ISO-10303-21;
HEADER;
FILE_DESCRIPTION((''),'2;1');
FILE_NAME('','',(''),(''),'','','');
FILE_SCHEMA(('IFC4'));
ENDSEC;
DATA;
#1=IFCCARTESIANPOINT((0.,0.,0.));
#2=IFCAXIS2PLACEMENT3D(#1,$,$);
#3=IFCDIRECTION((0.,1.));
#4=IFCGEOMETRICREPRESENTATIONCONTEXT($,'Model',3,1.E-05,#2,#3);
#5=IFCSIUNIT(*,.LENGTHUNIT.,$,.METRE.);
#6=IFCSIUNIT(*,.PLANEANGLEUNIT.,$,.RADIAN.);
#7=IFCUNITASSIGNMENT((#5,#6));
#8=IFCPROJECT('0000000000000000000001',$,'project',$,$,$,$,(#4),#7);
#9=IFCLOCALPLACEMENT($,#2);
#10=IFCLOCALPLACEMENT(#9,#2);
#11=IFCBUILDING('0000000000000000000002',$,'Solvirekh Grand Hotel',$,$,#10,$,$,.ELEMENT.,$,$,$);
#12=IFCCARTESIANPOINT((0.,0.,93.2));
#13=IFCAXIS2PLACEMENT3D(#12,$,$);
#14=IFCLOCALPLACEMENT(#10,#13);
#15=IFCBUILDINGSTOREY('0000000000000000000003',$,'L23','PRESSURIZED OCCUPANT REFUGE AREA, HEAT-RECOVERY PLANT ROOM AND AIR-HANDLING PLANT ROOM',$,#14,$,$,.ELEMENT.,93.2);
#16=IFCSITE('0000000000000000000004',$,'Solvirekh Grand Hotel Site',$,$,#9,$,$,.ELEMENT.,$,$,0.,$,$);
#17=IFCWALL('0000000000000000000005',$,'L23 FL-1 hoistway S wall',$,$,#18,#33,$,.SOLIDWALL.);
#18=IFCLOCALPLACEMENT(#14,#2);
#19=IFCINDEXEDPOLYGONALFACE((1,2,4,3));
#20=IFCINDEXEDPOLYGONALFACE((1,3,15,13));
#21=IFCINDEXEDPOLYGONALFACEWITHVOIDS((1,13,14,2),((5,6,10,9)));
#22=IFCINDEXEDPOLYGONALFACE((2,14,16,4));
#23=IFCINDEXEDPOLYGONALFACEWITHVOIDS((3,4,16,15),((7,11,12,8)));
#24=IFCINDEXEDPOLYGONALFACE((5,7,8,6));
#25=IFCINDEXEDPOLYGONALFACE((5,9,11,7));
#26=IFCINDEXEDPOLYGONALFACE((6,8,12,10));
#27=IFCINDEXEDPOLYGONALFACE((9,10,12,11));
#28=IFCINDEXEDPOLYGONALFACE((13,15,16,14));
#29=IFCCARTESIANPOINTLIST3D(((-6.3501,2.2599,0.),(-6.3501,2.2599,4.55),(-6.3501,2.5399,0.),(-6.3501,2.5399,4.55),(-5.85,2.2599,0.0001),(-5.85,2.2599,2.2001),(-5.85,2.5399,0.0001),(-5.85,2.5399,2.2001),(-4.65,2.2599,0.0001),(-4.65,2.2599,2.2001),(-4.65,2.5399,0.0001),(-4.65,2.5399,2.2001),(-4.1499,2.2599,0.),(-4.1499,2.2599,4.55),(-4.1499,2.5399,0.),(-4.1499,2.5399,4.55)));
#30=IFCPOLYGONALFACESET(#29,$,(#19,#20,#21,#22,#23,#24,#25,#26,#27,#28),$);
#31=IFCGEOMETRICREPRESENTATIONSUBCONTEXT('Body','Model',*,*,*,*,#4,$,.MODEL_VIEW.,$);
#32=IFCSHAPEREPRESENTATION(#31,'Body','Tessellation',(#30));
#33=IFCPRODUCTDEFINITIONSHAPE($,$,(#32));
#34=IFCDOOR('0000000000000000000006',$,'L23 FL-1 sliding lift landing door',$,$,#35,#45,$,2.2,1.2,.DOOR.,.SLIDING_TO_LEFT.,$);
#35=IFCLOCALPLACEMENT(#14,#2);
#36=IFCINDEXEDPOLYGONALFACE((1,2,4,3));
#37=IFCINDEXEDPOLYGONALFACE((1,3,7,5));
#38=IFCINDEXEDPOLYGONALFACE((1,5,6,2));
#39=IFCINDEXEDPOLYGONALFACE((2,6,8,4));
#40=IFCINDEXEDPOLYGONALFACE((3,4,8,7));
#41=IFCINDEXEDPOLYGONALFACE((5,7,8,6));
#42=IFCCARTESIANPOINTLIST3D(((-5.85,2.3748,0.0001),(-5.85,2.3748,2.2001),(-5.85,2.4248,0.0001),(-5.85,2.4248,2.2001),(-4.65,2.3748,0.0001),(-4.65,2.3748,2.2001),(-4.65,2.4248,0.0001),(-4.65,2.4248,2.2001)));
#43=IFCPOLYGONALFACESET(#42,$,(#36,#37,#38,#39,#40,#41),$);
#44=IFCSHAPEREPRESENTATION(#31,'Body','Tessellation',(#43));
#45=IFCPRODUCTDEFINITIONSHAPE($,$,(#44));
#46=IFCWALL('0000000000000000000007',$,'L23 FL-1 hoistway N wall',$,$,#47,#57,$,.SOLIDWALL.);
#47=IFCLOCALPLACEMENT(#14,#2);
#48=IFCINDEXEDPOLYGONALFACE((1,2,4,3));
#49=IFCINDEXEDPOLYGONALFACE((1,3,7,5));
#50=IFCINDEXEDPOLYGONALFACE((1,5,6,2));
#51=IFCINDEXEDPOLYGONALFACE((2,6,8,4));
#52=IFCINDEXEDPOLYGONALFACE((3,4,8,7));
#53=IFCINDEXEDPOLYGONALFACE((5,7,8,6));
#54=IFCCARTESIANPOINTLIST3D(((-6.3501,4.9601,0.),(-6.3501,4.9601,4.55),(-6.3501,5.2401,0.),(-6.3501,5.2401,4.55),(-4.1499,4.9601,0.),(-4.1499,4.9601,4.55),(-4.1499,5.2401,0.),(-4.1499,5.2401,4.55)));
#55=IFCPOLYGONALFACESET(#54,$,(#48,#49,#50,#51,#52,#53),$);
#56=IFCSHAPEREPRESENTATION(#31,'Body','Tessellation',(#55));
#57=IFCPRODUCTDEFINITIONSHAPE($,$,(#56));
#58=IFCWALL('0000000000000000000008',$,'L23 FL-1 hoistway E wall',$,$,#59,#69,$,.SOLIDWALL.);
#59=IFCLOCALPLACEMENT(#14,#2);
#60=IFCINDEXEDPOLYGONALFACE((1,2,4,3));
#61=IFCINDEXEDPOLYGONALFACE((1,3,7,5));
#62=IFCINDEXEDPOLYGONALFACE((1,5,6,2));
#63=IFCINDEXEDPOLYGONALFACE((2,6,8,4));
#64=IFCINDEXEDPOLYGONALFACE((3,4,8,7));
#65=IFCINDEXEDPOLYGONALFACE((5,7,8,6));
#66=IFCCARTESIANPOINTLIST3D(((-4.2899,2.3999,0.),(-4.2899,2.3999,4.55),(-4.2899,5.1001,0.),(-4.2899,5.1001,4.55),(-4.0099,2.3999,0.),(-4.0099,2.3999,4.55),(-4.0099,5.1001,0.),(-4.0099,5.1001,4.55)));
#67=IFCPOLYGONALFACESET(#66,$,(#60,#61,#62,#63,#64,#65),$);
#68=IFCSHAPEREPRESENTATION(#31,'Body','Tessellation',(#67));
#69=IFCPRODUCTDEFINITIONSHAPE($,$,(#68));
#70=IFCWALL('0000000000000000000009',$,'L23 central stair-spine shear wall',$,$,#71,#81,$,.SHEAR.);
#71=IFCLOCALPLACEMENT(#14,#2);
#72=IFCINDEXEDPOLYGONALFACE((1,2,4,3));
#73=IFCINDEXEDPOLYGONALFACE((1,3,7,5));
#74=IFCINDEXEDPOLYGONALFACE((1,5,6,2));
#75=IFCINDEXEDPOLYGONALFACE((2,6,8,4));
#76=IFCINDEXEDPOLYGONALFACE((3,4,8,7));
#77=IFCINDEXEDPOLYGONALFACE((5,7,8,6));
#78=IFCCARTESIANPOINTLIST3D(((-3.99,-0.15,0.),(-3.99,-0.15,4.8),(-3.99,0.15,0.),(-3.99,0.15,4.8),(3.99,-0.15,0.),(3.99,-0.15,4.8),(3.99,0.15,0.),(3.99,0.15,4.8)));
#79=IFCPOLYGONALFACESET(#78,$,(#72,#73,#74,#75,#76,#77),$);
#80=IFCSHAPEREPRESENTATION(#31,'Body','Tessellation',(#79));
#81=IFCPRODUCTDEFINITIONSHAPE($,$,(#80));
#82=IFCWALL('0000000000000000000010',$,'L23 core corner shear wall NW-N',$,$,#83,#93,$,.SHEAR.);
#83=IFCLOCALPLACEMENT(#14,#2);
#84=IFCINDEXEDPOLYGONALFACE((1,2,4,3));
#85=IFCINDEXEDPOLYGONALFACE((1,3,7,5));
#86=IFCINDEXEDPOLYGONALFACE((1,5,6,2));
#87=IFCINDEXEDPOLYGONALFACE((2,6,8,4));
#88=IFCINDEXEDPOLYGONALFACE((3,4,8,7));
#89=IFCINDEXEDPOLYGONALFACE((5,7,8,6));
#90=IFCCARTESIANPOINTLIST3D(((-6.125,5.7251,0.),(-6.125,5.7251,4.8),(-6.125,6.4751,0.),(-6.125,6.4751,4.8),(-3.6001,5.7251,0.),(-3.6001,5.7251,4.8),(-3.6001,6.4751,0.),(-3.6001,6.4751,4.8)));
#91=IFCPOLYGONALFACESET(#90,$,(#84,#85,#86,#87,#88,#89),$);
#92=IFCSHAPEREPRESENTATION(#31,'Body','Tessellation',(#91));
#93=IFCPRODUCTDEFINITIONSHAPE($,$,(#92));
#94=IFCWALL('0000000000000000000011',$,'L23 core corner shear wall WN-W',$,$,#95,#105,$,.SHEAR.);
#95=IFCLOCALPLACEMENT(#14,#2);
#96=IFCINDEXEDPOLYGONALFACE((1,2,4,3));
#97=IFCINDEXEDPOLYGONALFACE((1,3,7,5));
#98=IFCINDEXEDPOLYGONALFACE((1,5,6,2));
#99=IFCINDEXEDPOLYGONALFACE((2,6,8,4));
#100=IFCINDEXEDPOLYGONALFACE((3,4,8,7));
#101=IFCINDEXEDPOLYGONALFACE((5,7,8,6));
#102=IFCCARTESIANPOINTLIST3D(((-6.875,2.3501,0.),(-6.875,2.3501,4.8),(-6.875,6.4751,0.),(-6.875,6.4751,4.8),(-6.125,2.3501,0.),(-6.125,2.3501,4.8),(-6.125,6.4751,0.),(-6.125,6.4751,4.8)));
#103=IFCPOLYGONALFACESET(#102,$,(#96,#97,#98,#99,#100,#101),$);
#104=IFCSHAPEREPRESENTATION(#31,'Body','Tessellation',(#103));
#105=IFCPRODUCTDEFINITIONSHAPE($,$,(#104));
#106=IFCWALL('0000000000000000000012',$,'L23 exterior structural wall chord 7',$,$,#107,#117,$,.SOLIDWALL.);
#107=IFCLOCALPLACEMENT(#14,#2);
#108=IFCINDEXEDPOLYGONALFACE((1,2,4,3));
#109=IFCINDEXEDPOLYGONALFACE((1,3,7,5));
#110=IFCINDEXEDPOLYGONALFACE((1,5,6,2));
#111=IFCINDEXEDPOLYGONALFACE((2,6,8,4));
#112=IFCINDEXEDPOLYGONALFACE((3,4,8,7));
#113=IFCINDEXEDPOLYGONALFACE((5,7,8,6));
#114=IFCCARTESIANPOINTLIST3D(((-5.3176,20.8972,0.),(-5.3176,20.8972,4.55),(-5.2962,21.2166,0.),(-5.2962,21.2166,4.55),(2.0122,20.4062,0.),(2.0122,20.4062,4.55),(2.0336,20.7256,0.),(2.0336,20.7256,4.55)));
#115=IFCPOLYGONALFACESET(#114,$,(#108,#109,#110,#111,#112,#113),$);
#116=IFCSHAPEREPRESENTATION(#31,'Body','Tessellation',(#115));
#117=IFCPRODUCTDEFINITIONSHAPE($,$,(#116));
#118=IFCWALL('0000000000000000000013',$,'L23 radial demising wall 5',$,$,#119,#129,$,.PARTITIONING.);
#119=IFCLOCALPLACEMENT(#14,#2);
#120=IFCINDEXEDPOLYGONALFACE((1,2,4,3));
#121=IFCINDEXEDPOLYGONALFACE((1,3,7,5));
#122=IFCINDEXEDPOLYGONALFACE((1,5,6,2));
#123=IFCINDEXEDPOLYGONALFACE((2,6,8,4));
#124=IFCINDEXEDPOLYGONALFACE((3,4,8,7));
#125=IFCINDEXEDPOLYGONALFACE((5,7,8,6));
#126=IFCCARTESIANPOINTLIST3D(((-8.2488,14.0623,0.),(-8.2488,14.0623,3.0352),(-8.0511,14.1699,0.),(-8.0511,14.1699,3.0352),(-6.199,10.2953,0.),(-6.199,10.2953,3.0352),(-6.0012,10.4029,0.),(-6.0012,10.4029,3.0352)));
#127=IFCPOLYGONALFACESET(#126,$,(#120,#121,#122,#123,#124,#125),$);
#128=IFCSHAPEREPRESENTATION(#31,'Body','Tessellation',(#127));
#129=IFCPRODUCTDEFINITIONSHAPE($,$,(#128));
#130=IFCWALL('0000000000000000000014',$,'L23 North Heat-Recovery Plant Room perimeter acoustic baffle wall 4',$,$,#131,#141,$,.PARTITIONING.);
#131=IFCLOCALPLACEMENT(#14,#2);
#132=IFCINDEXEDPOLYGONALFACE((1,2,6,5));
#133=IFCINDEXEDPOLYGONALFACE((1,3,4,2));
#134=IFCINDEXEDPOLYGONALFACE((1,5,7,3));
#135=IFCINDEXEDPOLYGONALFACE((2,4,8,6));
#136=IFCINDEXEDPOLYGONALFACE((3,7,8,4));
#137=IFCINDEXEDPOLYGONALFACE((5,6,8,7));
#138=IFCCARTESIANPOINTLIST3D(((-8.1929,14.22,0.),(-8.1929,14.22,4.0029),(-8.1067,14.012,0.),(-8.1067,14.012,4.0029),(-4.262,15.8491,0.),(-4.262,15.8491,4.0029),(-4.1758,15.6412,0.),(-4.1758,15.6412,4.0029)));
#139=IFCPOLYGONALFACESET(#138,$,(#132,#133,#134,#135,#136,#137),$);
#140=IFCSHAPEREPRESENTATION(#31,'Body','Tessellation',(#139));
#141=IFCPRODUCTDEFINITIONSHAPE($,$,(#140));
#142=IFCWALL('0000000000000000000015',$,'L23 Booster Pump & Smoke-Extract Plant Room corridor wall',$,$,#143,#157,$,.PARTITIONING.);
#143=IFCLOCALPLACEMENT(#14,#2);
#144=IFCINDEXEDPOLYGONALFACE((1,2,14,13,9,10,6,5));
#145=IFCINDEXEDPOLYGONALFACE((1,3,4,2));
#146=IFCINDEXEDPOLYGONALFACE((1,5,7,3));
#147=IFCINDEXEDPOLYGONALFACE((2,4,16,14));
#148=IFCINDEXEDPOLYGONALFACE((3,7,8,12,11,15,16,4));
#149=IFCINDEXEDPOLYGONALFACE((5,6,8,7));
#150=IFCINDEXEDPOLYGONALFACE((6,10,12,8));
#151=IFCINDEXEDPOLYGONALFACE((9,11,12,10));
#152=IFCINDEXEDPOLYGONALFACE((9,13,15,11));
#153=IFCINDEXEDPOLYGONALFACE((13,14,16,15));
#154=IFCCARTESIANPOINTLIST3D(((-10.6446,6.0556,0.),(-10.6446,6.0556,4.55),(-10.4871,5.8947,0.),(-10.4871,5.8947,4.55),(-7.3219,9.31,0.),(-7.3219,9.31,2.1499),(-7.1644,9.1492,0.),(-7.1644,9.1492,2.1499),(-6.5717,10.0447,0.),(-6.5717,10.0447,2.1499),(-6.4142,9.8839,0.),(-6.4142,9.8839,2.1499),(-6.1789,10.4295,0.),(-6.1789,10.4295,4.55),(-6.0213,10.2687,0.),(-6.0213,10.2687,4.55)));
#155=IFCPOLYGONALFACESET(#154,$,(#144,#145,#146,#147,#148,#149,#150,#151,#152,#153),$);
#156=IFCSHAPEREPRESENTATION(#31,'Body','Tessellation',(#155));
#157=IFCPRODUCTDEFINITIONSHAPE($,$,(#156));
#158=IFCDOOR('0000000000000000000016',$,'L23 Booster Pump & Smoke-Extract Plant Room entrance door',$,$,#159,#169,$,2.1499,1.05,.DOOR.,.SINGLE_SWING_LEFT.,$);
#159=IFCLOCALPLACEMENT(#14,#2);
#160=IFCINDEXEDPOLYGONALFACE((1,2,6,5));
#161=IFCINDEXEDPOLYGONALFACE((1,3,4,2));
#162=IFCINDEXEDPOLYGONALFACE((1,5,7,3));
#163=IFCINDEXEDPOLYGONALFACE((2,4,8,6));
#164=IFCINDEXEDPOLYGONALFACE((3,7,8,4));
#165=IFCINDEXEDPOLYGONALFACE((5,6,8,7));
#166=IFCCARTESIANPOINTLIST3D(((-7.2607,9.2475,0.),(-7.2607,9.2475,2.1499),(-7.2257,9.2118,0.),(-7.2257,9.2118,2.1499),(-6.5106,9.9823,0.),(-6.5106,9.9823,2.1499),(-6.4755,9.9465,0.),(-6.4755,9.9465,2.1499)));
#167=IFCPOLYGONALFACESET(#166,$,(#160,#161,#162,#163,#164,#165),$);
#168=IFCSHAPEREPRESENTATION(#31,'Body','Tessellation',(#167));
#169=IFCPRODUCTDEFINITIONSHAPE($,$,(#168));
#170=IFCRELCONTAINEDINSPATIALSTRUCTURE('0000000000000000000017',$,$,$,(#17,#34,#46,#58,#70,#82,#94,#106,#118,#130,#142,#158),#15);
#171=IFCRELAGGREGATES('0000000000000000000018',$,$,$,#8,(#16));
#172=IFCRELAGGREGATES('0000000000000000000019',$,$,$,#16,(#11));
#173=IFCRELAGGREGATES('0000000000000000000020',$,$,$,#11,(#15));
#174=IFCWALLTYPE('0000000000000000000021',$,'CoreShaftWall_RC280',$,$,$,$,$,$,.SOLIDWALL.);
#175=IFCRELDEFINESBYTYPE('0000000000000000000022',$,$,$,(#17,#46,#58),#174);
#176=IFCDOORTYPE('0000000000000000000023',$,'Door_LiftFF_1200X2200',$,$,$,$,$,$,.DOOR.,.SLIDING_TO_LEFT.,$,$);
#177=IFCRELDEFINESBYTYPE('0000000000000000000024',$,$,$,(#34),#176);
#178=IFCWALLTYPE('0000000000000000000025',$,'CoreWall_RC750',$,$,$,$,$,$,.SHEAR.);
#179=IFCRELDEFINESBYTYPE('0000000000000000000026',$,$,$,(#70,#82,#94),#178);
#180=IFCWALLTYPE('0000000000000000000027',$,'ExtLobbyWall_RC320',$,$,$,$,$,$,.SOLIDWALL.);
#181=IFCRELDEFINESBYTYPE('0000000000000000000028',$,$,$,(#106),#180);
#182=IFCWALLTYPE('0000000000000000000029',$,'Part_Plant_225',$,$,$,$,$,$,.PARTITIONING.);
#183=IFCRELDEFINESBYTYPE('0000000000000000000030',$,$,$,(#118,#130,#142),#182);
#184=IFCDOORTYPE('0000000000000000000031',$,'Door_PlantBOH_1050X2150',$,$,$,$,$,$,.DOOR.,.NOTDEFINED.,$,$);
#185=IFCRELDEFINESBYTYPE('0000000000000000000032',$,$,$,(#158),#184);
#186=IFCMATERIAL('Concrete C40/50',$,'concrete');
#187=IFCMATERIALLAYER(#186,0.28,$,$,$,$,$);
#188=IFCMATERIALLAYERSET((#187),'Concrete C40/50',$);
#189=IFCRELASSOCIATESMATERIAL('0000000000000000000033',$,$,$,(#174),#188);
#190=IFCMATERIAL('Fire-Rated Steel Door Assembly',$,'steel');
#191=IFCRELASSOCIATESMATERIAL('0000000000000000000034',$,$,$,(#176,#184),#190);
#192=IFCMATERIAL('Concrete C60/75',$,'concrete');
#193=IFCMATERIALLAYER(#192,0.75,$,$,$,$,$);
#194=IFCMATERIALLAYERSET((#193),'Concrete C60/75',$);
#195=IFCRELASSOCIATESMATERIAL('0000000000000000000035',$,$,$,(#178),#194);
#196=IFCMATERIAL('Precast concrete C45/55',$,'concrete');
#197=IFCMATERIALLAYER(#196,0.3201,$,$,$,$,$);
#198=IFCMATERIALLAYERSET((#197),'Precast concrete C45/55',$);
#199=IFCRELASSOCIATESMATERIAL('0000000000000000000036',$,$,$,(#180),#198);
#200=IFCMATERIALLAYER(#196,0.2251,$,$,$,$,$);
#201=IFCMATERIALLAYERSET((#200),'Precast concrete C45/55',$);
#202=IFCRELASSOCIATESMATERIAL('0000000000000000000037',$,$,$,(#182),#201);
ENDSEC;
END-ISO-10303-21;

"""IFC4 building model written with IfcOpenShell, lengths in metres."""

from ifc_helpers import new_model, si_unit, direction, frame, frame_2d, origin, place, context, subcontext, project, spatial, rectangle, extrude, material, layer, layer_set, type_object, element, fill, save


model = new_model("IFC4")

# Units and contexts
model_context = context("Model", 3, precision=1e-05, world=origin(), true_north=direction((0.0, 1.0)))
body_context = subcontext(model_context, "Body", "Model", "MODEL_VIEW")
ifc_project = project(units=[si_unit("LENGTHUNIT", "METRE"), si_unit("PLANEANGLEUNIT", "RADIAN")], contexts=[model_context])

# Site, building, storey
site_placement = place(None, origin())
site = spatial("IfcSite", under=ifc_project, at=site_placement, Name="Solvirekh Grand Hotel Site", CompositionType="ELEMENT", RefElevation=0.0)
building_placement = place(site_placement, origin())
building = spatial("IfcBuilding", under=site, at=building_placement, Name="Solvirekh Grand Hotel", CompositionType="ELEMENT")
storey_placement = place(building_placement, frame((0.0, 0.0, 93.2)))
storey = spatial("IfcBuildingStorey", under=building, at=storey_placement, Name="L23", Description="PRESSURIZED OCCUPANT REFUGE AREA, HEAT-RECOVERY PLANT ROOM AND AIR-HANDLING PLANT ROOM", CompositionType="ELEMENT", Elevation=93.2)

# Shared definitions
ifc_material_1 = material(Name="Concrete C60/75", Category="concrete")

# Shared definitions
ifc_material_2 = material(Name="Concrete C40/50", Category="concrete")
ifc_layer_1 = layer(ifc_material_2, 0.28)
ifc_layer_set_1 = layer_set([ifc_layer_1], Name="Concrete C40/50")
wall_type_1 = type_object("IfcWallType", Name="CoreShaftWall_RC280", PredefinedType="SOLIDWALL", material=ifc_layer_set_1)

# Wall, opening, door
wall_1_placement = place(storey_placement, frame((-6.3501, 2.3999, 0.0), z_axis=(0.0, 0.0, 1.0), x_axis=(1.0, 0.0, 0.0)))
wall_1 = element("IfcWall", 1, at=wall_1_placement, inside=storey, type_object=wall_type_1, Name="L23 FL-1 hoistway S wall", PredefinedType="SOLIDWALL", context=body_context, shape_type="SweptSolid", body=[
    extrude(rectangle(XDim=2.2002, YDim=0.28, at=frame_2d((1.1001, 0.0))), origin(), (0.0, 0.0, 1.0), 4.55),
])
opening_1_placement = place(wall_1_placement, frame((0.5, 0.0, 0.0)))
opening_1 = element("IfcOpeningElement", 2, at=opening_1_placement, cuts=wall_1, PredefinedType="OPENING", context=body_context, shape_type="SweptSolid", body=[
    extrude(rectangle(XDim=1.2, YDim=2.2, at=frame_2d((0.6001, 1.1001))), frame((0.0, 0.1499, 0.0), z_axis=(0.0, -1.0, 0.0), x_axis=(1.0, 0.0, 0.0)), (0.0, 0.0, 1.0), 0.3),
])
ifc_material_3 = material(Name="Fire-Rated Steel Door Assembly", Category="steel")
door_type_1 = type_object("IfcDoorType", Name="Door_LiftFF_1200X2200", OperationType="SLIDING_TO_LEFT", PredefinedType="DOOR", material=ifc_material_3)
door_1_placement = place(opening_1_placement, origin())
door_1 = element("IfcDoor", 3, at=door_1_placement, inside=storey, type_object=door_type_1, Name="L23 FL-1 sliding lift landing door", OperationType="SLIDING_TO_LEFT", OverallHeight=2.2, OverallWidth=1.2, PredefinedType="DOOR", context=body_context, shape_type="SweptSolid", body=[
    extrude(rectangle(XDim=1.2, YDim=2.2, at=frame_2d((0.6001, 1.1001))), frame((0.0, 0.0249, 0.0), z_axis=(0.0, -1.0, 0.0), x_axis=(1.0, 0.0, 0.0)), (0.0, 0.0, 1.0), 0.05),
])
fill(opening_1, door_1)

# Walls
wall_2_placement = place(storey_placement, frame((-4.1499, 5.1001, 0.0), z_axis=(0.0, 0.0, 1.0), x_axis=(-1.0, 0.0, 0.0)))
element("IfcWall", 4, at=wall_2_placement, inside=storey, type_object=wall_type_1, Name="L23 FL-1 hoistway N wall", PredefinedType="SOLIDWALL", context=body_context, shape_type="SweptSolid", body=[
    extrude(rectangle(XDim=2.2002, YDim=0.28, at=frame_2d((1.1001, 0.0))), origin(), (0.0, 0.0, 1.0), 4.55),
])
wall_3_placement = place(storey_placement, frame((-4.1499, 2.3999, 0.0), z_axis=(0.0, 0.0, 1.0), x_axis=(0.0, 1.0, 0.0)))
element("IfcWall", 5, at=wall_3_placement, inside=storey, type_object=wall_type_1, Name="L23 FL-1 hoistway E wall", PredefinedType="SOLIDWALL", context=body_context, shape_type="SweptSolid", body=[
    extrude(rectangle(XDim=2.7002, YDim=0.28, at=frame_2d((1.3501, 0.0))), origin(), (0.0, 0.0, 1.0), 4.55),
])
ifc_layer_2 = layer(ifc_material_1, 0.75)
ifc_layer_set_2 = layer_set([ifc_layer_2], Name="Concrete C60/75")
wall_type_2 = type_object("IfcWallType", Name="CoreWall_RC750", PredefinedType="SHEAR", material=ifc_layer_set_2)
wall_4_placement = place(storey_placement, frame((-3.99, 0.0, 0.0), z_axis=(0.0, 0.0, 1.0), x_axis=(1.0, 0.0, 0.0)))
element("IfcWall", 6, at=wall_4_placement, inside=storey, type_object=wall_type_2, Name="L23 central stair-spine shear wall", PredefinedType="SHEAR", context=body_context, shape_type="SweptSolid", body=[
    extrude(rectangle(XDim=7.98, YDim=0.3, at=frame_2d((3.99, 0.0))), origin(), (0.0, 0.0, 1.0), 4.8),
])
wall_5_placement = place(storey_placement, frame((-6.125, 6.1001, 0.0), z_axis=(0.0, 0.0, 1.0), x_axis=(1.0, 0.0, 0.0)))
element("IfcWall", 7, at=wall_5_placement, inside=storey, type_object=wall_type_2, Name="L23 core corner shear wall NW-N", PredefinedType="SHEAR", context=body_context, shape_type="SweptSolid", body=[
    extrude(rectangle(XDim=2.5249, YDim=0.75, at=frame_2d((1.2625, 0.0))), origin(), (0.0, 0.0, 1.0), 4.8),
])
wall_6_placement = place(storey_placement, frame((-6.5, 2.3501, 0.0), z_axis=(0.0, 0.0, 1.0), x_axis=(0.0, 1.0, 0.0)))
element("IfcWall", 8, at=wall_6_placement, inside=storey, type_object=wall_type_2, Name="L23 core corner shear wall WN-W", PredefinedType="SHEAR", context=body_context, shape_type="SweptSolid", body=[
    extrude(rectangle(XDim=4.125, YDim=0.75, at=frame_2d((2.0625, 0.0))), origin(), (0.0, 0.0, 1.0), 4.8),
])
ifc_material_4 = material(Name="Precast concrete C45/55", Category="concrete")
ifc_layer_3 = layer(ifc_material_4, 0.3201)
ifc_layer_set_3 = layer_set([ifc_layer_3], Name="Precast concrete C45/55")
wall_type_3 = type_object("IfcWallType", Name="ExtLobbyWall_RC320", PredefinedType="SOLIDWALL", material=ifc_layer_set_3)
wall_7_placement = place(storey_placement, frame((-5.3069, 21.0569, 0.0), z_axis=(0.0, 0.0, 1.0), x_axis=(0.997764, -0.066832, 0.0)))
element("IfcWall", 9, at=wall_7_placement, inside=storey, type_object=wall_type_3, Name="L23 exterior structural wall chord 7", PredefinedType="SOLIDWALL", context=body_context, shape_type="SweptSolid", body=[
    extrude(rectangle(XDim=7.3462, YDim=0.3201, at=frame_2d((3.6731, 0.0))), origin(), (0.0, 0.0, 1.0), 4.55),
])
ifc_layer_4 = layer(ifc_material_4, 0.2251)
ifc_layer_set_4 = layer_set([ifc_layer_4], Name="Precast concrete C45/55")
wall_type_4 = type_object("IfcWallType", Name="Part_Plant_225", PredefinedType="PARTITIONING", material=ifc_layer_set_4)
wall_8_placement = place(storey_placement, frame((-6.1001, 10.3491, 0.0), z_axis=(0.0, 0.0, 1.0), x_axis=(-0.477982, 0.878369, 0.0)))
element("IfcWall", 10, at=wall_8_placement, inside=storey, type_object=wall_type_4, Name="L23 radial demising wall 5", PredefinedType="PARTITIONING", context=body_context, shape_type="SweptSolid", body=[
    extrude(rectangle(XDim=4.2886, YDim=0.2251, at=frame_2d((2.1443, 0.0))), origin(), (0.0, 0.0, 1.0), 3.0352),
])
wall_9_placement = place(storey_placement, frame((-4.219, 15.7451, 0.0), z_axis=(0.0, 0.0, 1.0), x_axis=(-0.923803, -0.382867, 0.0)))
element("IfcWall", 11, at=wall_9_placement, inside=storey, type_object=wall_type_4, Name="L23 North Heat-Recovery Plant Room perimeter acoustic baffle wall 4", PredefinedType="PARTITIONING", context=body_context, shape_type="SweptSolid", body=[
    extrude(rectangle(XDim=4.2551, YDim=0.2251, at=frame_2d((2.1274, 0.0))), origin(), (0.0, 0.0, 1.0), 4.0029),
])

# Wall, opening, door
wall_10_placement = place(storey_placement, frame((-6.1001, 10.3491, 0.0), z_axis=(0.0, 0.0, 1.0), x_axis=(-0.714411, -0.699726, 0.0)))
wall_10 = element("IfcWall", 12, at=wall_10_placement, inside=storey, type_object=wall_type_4, Name="L23 Booster Pump & Smoke-Extract Plant Room corridor wall", PredefinedType="PARTITIONING", context=body_context, shape_type="SweptSolid", body=[
    extrude(rectangle(XDim=6.251, YDim=0.2251, at=frame_2d((3.1255, 0.0))), origin(), (0.0, 0.0, 1.0), 4.55),
])
opening_2_placement = place(wall_10_placement, frame((0.55, 0.0, 0.0)))
opening_2 = element("IfcOpeningElement", 13, at=opening_2_placement, cuts=wall_10, PredefinedType="OPENING", context=body_context, shape_type="SweptSolid", body=[
    extrude(rectangle(XDim=1.05, YDim=2.1499, at=frame_2d((0.5249, 1.075))), frame((0.0, 0.1226, 0.0), z_axis=(0.0, -1.0, 0.0), x_axis=(1.0, 0.0, 0.0)), (0.0, 0.0, 1.0), 0.2451),
])
door_type_2 = type_object("IfcDoorType", Name="Door_PlantBOH_1050X2150", OperationType="NOTDEFINED", PredefinedType="DOOR", material=ifc_material_3)
door_2_placement = place(opening_2_placement, origin())
door_2 = element("IfcDoor", 14, at=door_2_placement, inside=storey, type_object=door_type_2, Name="L23 Booster Pump & Smoke-Extract Plant Room entrance door", OperationType="SINGLE_SWING_LEFT", OverallHeight=2.1499, OverallWidth=1.05, PredefinedType="DOOR", context=body_context, shape_type="SweptSolid", body=[
    extrude(rectangle(XDim=1.05, YDim=2.1499, at=frame_2d((0.5249, 1.075))), frame((0.0, 0.0249, 0.0), z_axis=(0.0, -1.0, 0.0), x_axis=(1.0, 0.0, 0.0)), (0.0, 0.0, 1.0), 0.05),
])
fill(opening_2, door_2)

save(model, "model.ifc")
